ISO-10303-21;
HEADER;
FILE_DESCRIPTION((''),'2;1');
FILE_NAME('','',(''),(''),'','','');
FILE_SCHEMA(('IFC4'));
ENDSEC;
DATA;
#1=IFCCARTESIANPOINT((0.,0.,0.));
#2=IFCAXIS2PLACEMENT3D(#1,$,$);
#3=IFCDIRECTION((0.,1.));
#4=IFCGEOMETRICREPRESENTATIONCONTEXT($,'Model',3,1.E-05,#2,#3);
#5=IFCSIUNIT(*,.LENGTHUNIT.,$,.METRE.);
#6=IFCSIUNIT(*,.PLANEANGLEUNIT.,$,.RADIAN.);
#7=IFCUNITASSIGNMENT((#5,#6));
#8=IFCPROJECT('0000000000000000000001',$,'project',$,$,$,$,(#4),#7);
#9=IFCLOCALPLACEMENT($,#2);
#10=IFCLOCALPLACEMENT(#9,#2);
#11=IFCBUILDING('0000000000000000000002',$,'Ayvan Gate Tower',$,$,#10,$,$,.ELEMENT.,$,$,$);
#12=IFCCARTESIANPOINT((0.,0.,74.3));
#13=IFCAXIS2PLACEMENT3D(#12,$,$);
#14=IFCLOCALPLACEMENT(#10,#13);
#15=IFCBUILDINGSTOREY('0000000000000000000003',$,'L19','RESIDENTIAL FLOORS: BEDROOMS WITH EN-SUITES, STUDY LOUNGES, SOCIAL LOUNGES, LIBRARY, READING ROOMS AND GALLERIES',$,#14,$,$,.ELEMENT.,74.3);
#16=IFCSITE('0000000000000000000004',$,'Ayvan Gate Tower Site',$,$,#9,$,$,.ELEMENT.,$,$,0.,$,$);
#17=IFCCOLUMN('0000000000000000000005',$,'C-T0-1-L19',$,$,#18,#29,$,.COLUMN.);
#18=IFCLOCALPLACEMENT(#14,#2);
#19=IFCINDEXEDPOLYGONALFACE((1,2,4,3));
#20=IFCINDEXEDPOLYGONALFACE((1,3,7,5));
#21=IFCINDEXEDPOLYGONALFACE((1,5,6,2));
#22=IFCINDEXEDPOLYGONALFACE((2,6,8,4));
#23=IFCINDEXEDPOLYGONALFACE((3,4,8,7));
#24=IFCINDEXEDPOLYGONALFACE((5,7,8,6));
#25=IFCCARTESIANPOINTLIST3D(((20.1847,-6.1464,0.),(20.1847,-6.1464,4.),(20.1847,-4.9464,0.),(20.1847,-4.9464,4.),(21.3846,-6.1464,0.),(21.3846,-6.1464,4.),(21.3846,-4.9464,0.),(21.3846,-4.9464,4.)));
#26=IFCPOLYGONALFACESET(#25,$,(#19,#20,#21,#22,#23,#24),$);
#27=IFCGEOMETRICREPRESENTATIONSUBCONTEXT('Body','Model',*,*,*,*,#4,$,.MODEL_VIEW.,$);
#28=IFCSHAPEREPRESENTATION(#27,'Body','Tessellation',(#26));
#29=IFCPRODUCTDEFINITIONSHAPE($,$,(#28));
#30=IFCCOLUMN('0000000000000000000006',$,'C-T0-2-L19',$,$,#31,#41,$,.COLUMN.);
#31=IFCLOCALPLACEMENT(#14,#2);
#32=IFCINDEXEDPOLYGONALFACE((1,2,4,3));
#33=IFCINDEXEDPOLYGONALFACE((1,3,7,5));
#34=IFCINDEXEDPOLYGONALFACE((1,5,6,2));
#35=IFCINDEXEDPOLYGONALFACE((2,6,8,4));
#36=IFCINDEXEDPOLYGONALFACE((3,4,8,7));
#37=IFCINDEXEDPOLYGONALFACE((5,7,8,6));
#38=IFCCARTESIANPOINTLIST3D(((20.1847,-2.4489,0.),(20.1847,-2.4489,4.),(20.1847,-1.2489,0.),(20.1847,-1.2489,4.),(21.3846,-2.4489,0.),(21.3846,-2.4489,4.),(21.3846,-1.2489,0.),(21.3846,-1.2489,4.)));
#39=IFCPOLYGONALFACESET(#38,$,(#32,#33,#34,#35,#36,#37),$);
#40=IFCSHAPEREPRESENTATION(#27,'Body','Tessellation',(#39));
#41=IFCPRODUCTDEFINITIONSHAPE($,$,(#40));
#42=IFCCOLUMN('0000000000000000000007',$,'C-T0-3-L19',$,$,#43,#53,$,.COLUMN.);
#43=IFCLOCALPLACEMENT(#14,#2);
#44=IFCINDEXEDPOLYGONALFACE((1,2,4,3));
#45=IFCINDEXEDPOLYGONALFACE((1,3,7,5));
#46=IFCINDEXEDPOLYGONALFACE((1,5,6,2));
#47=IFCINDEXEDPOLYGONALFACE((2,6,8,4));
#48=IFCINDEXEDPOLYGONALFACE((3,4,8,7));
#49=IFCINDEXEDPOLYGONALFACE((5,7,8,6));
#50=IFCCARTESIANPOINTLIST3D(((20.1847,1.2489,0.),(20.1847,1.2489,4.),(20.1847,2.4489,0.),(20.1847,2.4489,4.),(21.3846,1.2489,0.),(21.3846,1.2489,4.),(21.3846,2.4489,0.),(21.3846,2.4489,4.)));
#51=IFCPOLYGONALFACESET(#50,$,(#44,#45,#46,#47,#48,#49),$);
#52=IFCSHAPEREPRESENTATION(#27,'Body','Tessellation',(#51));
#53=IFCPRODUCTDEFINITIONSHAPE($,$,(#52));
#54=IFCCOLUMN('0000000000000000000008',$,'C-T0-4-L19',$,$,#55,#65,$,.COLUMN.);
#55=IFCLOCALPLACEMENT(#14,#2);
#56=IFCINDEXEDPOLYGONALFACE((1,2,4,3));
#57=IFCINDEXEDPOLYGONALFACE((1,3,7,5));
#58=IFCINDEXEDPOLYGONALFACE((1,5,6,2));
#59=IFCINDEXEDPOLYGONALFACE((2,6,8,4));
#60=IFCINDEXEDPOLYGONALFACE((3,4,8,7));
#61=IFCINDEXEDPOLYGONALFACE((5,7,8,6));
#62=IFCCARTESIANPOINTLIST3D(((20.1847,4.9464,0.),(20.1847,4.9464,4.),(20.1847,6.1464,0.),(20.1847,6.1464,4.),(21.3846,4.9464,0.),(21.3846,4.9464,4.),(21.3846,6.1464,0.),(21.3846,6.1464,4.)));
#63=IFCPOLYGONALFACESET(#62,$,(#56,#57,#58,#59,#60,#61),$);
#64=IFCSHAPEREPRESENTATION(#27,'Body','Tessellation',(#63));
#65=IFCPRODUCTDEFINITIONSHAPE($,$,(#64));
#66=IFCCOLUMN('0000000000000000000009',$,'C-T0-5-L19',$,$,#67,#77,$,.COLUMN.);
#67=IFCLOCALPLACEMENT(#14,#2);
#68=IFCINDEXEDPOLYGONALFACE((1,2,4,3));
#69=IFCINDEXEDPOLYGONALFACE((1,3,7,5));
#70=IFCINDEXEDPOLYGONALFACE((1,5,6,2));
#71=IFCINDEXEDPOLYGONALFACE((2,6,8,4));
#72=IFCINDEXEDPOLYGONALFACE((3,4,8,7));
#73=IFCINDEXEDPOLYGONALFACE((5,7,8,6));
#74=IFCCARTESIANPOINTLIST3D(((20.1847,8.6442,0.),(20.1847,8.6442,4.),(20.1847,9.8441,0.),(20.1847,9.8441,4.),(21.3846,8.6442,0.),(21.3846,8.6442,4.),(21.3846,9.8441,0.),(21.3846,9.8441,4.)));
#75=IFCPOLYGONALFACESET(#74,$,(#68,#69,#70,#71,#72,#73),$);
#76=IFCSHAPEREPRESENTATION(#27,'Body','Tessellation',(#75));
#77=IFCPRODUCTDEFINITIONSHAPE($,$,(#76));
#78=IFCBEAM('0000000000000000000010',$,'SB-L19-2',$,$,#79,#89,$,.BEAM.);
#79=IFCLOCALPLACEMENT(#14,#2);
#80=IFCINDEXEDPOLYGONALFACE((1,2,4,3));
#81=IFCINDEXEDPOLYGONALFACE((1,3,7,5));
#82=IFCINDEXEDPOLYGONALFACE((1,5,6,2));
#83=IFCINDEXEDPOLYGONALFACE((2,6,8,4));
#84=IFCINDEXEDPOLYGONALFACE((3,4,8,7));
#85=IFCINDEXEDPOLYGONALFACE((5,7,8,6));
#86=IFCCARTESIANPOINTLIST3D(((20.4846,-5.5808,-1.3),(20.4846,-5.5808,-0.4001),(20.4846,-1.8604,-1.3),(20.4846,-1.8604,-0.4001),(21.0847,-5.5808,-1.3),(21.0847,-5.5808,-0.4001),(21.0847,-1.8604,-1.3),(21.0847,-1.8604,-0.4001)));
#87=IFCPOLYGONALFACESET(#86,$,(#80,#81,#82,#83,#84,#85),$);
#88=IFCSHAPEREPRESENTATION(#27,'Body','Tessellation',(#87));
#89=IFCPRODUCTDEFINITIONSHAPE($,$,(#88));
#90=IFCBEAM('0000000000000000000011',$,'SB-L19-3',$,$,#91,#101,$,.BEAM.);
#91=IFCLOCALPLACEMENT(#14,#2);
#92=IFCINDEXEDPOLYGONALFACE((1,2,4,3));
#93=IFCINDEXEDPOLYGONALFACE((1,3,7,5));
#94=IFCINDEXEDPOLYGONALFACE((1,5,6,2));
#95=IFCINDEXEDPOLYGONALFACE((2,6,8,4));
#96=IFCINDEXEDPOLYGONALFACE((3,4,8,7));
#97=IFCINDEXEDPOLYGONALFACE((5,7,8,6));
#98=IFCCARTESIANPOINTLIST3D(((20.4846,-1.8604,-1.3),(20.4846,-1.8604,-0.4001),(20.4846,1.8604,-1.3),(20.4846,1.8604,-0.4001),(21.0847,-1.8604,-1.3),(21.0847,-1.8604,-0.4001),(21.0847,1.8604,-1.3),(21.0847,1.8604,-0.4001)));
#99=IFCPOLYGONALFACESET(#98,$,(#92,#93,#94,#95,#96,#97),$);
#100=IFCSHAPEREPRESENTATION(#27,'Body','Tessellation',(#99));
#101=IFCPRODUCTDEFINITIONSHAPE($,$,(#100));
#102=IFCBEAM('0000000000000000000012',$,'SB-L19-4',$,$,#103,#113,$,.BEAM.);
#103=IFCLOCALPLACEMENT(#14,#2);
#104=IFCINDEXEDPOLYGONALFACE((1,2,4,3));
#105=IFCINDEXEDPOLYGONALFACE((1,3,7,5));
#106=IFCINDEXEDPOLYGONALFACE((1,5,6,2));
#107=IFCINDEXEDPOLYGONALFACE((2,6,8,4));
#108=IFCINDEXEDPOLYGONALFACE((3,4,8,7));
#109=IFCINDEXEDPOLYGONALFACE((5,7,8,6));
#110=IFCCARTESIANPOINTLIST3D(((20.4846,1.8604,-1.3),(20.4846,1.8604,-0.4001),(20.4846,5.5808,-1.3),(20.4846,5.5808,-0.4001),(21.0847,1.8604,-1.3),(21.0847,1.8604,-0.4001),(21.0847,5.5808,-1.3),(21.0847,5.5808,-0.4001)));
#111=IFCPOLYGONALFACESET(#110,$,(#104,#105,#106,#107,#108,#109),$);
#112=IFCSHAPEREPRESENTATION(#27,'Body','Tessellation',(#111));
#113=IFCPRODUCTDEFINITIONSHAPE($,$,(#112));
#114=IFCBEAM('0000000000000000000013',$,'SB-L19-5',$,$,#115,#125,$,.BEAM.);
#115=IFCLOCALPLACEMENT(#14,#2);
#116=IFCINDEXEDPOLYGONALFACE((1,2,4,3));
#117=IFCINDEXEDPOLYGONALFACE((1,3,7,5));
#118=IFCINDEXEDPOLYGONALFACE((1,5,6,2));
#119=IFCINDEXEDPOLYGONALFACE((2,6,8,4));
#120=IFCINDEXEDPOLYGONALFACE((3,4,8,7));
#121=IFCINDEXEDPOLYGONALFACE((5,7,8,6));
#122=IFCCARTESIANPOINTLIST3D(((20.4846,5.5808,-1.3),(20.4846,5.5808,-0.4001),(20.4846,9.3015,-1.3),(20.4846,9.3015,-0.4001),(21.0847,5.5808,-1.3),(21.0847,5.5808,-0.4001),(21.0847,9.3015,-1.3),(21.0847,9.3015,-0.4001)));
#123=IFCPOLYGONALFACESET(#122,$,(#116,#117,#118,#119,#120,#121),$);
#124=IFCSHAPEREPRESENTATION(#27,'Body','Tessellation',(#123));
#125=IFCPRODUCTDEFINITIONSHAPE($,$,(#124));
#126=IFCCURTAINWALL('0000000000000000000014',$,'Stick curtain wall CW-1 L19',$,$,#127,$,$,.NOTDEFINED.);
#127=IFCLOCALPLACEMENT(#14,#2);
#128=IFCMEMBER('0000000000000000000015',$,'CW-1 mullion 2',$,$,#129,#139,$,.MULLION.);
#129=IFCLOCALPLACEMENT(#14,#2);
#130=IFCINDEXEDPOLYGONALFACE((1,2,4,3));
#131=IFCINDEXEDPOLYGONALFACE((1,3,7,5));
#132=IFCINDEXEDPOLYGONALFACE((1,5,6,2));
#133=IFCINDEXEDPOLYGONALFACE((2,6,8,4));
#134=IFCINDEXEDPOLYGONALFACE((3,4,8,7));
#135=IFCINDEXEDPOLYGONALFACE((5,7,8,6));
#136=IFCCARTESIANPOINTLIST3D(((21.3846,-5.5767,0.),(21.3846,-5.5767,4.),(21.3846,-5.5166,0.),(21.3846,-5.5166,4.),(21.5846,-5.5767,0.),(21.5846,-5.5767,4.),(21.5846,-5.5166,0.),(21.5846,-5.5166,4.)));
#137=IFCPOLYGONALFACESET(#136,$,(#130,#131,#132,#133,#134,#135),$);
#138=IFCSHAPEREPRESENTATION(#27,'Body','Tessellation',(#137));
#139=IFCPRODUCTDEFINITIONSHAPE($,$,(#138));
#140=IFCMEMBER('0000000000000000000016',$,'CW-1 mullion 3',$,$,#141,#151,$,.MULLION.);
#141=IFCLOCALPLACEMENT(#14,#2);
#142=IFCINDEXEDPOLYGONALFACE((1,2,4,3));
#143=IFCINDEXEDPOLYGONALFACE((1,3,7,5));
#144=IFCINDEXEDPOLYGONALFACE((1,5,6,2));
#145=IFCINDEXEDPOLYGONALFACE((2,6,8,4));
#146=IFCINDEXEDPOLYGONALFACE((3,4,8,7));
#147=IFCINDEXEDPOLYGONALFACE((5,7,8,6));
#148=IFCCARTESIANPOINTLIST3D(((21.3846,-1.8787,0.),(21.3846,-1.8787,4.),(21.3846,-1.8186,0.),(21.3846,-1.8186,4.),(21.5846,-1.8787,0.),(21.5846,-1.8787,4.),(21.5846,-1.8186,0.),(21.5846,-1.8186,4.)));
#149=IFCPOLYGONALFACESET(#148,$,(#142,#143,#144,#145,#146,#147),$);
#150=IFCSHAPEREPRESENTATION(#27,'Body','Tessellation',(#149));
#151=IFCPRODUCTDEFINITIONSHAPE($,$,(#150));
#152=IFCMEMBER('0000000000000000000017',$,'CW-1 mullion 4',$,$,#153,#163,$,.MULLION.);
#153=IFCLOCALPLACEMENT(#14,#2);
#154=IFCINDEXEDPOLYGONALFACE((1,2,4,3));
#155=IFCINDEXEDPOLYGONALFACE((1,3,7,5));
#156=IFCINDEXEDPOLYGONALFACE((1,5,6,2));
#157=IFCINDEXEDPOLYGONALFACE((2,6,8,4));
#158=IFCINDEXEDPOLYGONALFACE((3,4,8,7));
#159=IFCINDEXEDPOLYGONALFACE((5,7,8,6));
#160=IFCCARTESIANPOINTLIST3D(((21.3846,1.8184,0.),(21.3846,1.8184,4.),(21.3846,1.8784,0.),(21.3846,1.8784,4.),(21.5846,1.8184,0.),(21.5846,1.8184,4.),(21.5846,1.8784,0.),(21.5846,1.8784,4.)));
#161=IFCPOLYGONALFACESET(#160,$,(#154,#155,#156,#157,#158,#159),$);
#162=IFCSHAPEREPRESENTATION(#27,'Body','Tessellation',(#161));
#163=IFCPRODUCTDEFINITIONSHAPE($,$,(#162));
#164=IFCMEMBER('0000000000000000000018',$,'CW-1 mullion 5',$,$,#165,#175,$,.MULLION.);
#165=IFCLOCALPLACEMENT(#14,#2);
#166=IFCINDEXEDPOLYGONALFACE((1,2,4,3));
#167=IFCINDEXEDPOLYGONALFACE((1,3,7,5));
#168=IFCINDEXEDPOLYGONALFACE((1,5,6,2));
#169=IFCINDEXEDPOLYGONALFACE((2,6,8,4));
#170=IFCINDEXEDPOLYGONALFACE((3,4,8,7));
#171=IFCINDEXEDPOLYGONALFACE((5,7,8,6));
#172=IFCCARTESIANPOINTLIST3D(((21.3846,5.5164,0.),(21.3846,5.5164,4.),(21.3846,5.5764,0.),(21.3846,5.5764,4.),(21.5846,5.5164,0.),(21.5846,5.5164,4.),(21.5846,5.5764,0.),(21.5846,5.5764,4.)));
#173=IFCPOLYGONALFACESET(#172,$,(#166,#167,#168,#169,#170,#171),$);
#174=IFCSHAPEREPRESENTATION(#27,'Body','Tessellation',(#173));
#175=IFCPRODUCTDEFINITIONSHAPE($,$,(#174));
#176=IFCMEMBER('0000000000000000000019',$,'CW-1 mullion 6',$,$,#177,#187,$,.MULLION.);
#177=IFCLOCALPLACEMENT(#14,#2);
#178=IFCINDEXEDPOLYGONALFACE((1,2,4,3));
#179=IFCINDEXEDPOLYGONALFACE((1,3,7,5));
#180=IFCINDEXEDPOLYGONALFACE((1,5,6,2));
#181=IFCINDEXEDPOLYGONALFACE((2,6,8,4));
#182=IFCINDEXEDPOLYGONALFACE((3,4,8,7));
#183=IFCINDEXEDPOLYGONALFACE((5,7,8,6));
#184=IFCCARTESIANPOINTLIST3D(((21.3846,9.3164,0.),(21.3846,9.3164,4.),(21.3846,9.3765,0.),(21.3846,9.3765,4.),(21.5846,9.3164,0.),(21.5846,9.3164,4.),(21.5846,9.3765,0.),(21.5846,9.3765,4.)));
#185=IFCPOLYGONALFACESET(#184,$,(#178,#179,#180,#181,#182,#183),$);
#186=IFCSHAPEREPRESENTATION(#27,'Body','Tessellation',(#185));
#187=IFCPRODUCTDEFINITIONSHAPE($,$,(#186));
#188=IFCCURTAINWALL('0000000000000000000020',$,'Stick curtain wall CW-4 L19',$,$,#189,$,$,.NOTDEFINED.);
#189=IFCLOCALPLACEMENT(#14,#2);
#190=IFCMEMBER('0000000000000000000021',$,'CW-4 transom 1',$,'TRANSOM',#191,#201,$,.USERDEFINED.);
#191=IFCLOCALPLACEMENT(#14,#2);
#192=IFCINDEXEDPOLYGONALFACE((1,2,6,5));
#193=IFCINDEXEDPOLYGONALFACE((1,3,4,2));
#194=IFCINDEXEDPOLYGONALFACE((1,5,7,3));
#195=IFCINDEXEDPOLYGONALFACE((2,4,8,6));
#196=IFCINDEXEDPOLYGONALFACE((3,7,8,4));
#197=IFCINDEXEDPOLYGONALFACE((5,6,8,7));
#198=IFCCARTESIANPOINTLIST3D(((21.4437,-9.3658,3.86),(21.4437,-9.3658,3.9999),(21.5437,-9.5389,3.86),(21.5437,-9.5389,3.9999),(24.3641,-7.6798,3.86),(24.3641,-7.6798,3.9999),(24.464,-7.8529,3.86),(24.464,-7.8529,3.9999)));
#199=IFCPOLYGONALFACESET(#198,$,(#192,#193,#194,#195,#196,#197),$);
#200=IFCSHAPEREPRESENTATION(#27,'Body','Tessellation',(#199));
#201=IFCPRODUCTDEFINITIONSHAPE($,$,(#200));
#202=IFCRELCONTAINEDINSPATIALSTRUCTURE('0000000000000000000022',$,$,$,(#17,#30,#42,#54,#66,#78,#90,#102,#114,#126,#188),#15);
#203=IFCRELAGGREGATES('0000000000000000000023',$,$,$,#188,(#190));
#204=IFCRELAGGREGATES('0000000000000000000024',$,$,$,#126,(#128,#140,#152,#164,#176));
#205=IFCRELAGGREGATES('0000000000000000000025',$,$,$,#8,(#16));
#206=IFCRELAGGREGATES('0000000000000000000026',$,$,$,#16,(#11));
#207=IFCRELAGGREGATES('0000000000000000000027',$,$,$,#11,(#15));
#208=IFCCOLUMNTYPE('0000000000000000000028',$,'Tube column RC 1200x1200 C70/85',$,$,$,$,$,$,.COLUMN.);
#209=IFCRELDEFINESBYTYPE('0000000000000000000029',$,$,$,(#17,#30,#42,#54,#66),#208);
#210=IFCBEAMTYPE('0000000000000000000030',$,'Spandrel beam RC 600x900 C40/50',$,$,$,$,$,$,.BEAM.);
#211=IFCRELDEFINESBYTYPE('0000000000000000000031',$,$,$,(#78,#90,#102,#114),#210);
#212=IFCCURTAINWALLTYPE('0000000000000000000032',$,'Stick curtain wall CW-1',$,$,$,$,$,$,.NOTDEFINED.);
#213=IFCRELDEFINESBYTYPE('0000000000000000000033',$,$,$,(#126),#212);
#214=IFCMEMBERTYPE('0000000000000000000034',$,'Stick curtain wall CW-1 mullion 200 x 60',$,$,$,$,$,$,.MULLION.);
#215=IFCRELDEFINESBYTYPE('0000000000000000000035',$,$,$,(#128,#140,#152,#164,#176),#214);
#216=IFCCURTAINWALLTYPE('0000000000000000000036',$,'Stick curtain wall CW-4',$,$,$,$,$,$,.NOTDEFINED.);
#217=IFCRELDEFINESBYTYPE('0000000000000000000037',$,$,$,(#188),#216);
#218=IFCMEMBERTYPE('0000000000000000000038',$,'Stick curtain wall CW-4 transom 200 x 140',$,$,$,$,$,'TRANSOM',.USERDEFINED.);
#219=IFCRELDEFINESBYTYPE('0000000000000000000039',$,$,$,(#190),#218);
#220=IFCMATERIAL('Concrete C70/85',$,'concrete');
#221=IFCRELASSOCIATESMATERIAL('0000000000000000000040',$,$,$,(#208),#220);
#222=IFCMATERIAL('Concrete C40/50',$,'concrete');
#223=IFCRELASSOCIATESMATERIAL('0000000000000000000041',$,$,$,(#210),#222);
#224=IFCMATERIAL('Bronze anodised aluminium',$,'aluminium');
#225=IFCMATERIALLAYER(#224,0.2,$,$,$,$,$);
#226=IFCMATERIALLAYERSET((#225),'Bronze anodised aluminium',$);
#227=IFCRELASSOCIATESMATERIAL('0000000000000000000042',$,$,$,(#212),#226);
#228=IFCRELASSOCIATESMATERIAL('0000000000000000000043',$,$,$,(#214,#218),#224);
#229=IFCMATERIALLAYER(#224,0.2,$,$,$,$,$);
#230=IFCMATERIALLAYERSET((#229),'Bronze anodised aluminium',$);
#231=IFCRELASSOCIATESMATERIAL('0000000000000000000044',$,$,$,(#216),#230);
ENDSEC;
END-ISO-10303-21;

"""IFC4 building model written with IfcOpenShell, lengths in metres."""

from ifc_helpers import new_model, si_unit, direction, frame, origin, origin_2d, place, context, subcontext, project, spatial, rectangle, extrude, material, layer, layer_set, material_profile, profile_set, type_object, element, aggregate, save


model = new_model("IFC4")

# Units and contexts
model_context = context("Model", 3, precision=1e-05, world=origin(), true_north=direction((0.0, 1.0)))
body_context = subcontext(model_context, "Body", "Model", "MODEL_VIEW")
ifc_project = project(units=[si_unit("LENGTHUNIT", "METRE"), si_unit("PLANEANGLEUNIT", "RADIAN")], contexts=[model_context])

# Site, building, storey
site_placement = place(None, origin())
site = spatial("IfcSite", under=ifc_project, at=site_placement, Name="Ayvan Gate Tower Site", CompositionType="ELEMENT", RefElevation=0.0)
building_placement = place(site_placement, origin())
building = spatial("IfcBuilding", under=site, at=building_placement, Name="Ayvan Gate Tower", CompositionType="ELEMENT")
storey_placement = place(building_placement, frame((0.0, 0.0, 74.3)))
storey = spatial("IfcBuildingStorey", under=building, at=storey_placement, Name="L19", Description="RESIDENTIAL FLOORS: BEDROOMS WITH EN-SUITES, STUDY LOUNGES, SOCIAL LOUNGES, LIBRARY, READING ROOMS AND GALLERIES", CompositionType="ELEMENT", Elevation=74.3)

# Columns
ifc_material_1 = material(Name="Concrete C70/85", Category="concrete")
ifc_material_profile_1 = material_profile(ifc_material_1, rectangle(XDim=1.2, YDim=1.2, at=origin_2d()), Name="RC 1200x1200")
ifc_profile_set_1 = profile_set([ifc_material_profile_1], Name="Concrete C70/85")
column_type = type_object("IfcColumnType", Name="Tube column RC 1200x1200 C70/85", PredefinedType="COLUMN", material=ifc_profile_set_1)
for number, where, z_axis, x_axis, name in (
    (1, (20.7847, -5.5464, 0.0), (0.0, 0.0, 1.0), (1.0, 0.0, 0.0), "C-T0-1-L19"),
    (2, (20.7847, -1.8489, 0.0), (0.0, 0.0, 1.0), (1.0, 0.0, 0.0), "C-T0-2-L19"),
    (3, (20.7847, 1.8489, 0.0), (0.0, 0.0, 1.0), (1.0, 0.0, 0.0), "C-T0-3-L19"),
    (4, (20.7847, 5.5464, 0.0), (0.0, 0.0, 1.0), (1.0, 0.0, 0.0), "C-T0-4-L19"),
    (5, (20.7847, 9.2441, 0.0), (0.0, 0.0, 1.0), (1.0, 0.0, 0.0), "C-T0-5-L19"),
):
    element("IfcColumn", number, at=place(storey_placement, frame(where, z_axis=z_axis, x_axis=x_axis)), inside=storey, type_object=column_type, Name=name, PredefinedType="COLUMN", context=body_context, shape_type="SweptSolid", body=[
        extrude(rectangle(XDim=1.2, YDim=1.2, at=origin_2d()), origin(), (0.0, 0.0, 1.0), 4.0),
    ])

# Beams
ifc_material_2 = material(Name="Concrete C40/50", Category="concrete")
ifc_material_profile_2 = material_profile(ifc_material_2, rectangle(XDim=0.6001, YDim=0.8999, at=origin_2d()), Name="RC 600x900")
ifc_profile_set_2 = profile_set([ifc_material_profile_2], Name="Concrete C40/50")
beam_type = type_object("IfcBeamType", Name="Spandrel beam RC 600x900 C40/50", PredefinedType="BEAM", material=ifc_profile_set_2)
beam_1_placement = place(storey_placement, frame((20.7847, -5.5808, -0.8501), z_axis=(0.0, 1.0, 0.0), x_axis=(-1.0, 0.0, 0.0)))
element("IfcBeam", 6, at=beam_1_placement, inside=storey, type_object=beam_type, Name="SB-L19-2", PredefinedType="BEAM", context=body_context, shape_type="SweptSolid", body=[
    extrude(rectangle(XDim=0.6001, YDim=0.8999, at=origin_2d()), origin(), (0.0, 0.0, 1.0), 3.7205),
])
beam_2_placement = place(storey_placement, frame((20.7847, -1.8604, -0.8501), z_axis=(0.0, 1.0, 0.0), x_axis=(-1.0, 0.0, 0.0)))
element("IfcBeam", 7, at=beam_2_placement, inside=storey, type_object=beam_type, Name="SB-L19-3", PredefinedType="BEAM", context=body_context, shape_type="SweptSolid", body=[
    extrude(rectangle(XDim=0.6001, YDim=0.8999, at=origin_2d()), origin(), (0.0, 0.0, 1.0), 3.7207),
])
beam_3_placement = place(storey_placement, frame((20.7847, 1.8604, -0.8501), z_axis=(0.0, 1.0, 0.0), x_axis=(-1.0, 0.0, 0.0)))
element("IfcBeam", 8, at=beam_3_placement, inside=storey, type_object=beam_type, Name="SB-L19-4", PredefinedType="BEAM", context=body_context, shape_type="SweptSolid", body=[
    extrude(rectangle(XDim=0.6001, YDim=0.8999, at=origin_2d()), origin(), (0.0, 0.0, 1.0), 3.7205),
])
beam_4_placement = place(storey_placement, frame((20.7847, 5.5808, -0.8501), z_axis=(0.0, 1.0, 0.0), x_axis=(-1.0, 0.0, 0.0)))
element("IfcBeam", 9, at=beam_4_placement, inside=storey, type_object=beam_type, Name="SB-L19-5", PredefinedType="BEAM", context=body_context, shape_type="SweptSolid", body=[
    extrude(rectangle(XDim=0.6001, YDim=0.8999, at=origin_2d()), origin(), (0.0, 0.0, 1.0), 3.7207),
])

# Curtain wall, members
ifc_material_3 = material(Name="Bronze anodised aluminium", Category="aluminium")
ifc_layer_1 = layer(ifc_material_3, 0.2)
ifc_layer_set_1 = layer_set([ifc_layer_1], Name="Bronze anodised aluminium")
curtain_wall_type_1 = type_object("IfcCurtainWallType", Name="Stick curtain wall CW-1", PredefinedType="NOTDEFINED", material=ifc_layer_set_1)
curtain_wall_1_placement = place(storey_placement, origin())
curtain_wall_1 = element("IfcCurtainWall", 10, at=curtain_wall_1_placement, inside=storey, type_object=curtain_wall_type_1, Name="Stick curtain wall CW-1 L19", PredefinedType="NOTDEFINED")
ifc_material_profile_3 = material_profile(ifc_material_3, rectangle(XDim=0.2, YDim=0.0601, at=origin_2d()), Name="Stick curtain wall CW-1 mullion 200 x 60")
ifc_profile_set_3 = profile_set([ifc_material_profile_3], Name="Bronze anodised aluminium")
member_type_1 = type_object("IfcMemberType", Name="Stick curtain wall CW-1 mullion 200 x 60", PredefinedType="MULLION", material=ifc_profile_set_3)
member_1_placement = place(storey_placement, frame((21.4846, -5.5466, 0.0), z_axis=(0.0, 0.0, 1.0), x_axis=(1.0, 0.0, 0.0)))
member_1 = element("IfcMember", 11, at=member_1_placement, type_object=member_type_1, Name="CW-1 mullion 2", PredefinedType="MULLION", context=body_context, shape_type="SweptSolid", body=[
    extrude(rectangle(XDim=0.2, YDim=0.0601, at=origin_2d()), origin(), (0.0, 0.0, 1.0), 4.0),
])
member_2_placement = place(storey_placement, frame((21.4846, -1.8486, 0.0), z_axis=(0.0, 0.0, 1.0), x_axis=(1.0, 0.0, 0.0)))
member_2 = element("IfcMember", 12, at=member_2_placement, type_object=member_type_1, Name="CW-1 mullion 3", PredefinedType="MULLION", context=body_context, shape_type="SweptSolid", body=[
    extrude(rectangle(XDim=0.2, YDim=0.0601, at=origin_2d()), origin(), (0.0, 0.0, 1.0), 4.0),
])
member_3_placement = place(storey_placement, frame((21.4846, 1.8484, 0.0), z_axis=(0.0, 0.0, 1.0), x_axis=(1.0, 0.0, 0.0)))
member_3 = element("IfcMember", 13, at=member_3_placement, type_object=member_type_1, Name="CW-1 mullion 4", PredefinedType="MULLION", context=body_context, shape_type="SweptSolid", body=[
    extrude(rectangle(XDim=0.2, YDim=0.0601, at=origin_2d()), origin(), (0.0, 0.0, 1.0), 4.0),
])
member_4_placement = place(storey_placement, frame((21.4846, 5.5464, 0.0), z_axis=(0.0, 0.0, 1.0), x_axis=(1.0, 0.0, 0.0)))
member_4 = element("IfcMember", 14, at=member_4_placement, type_object=member_type_1, Name="CW-1 mullion 5", PredefinedType="MULLION", context=body_context, shape_type="SweptSolid", body=[
    extrude(rectangle(XDim=0.2, YDim=0.0601, at=origin_2d()), origin(), (0.0, 0.0, 1.0), 4.0),
])
member_5_placement = place(storey_placement, frame((21.4846, 9.3464, 0.0), z_axis=(0.0, 0.0, 1.0), x_axis=(1.0, 0.0, 0.0)))
member_5 = element("IfcMember", 15, at=member_5_placement, type_object=member_type_1, Name="CW-1 mullion 6", PredefinedType="MULLION", context=body_context, shape_type="SweptSolid", body=[
    extrude(rectangle(XDim=0.2, YDim=0.0601, at=origin_2d()), origin(), (0.0, 0.0, 1.0), 4.0),
])

# Curtain wall, member
ifc_layer_2 = layer(ifc_material_3, 0.2)
ifc_layer_set_2 = layer_set([ifc_layer_2], Name="Bronze anodised aluminium")
curtain_wall_type_2 = type_object("IfcCurtainWallType", Name="Stick curtain wall CW-4", PredefinedType="NOTDEFINED", material=ifc_layer_set_2)
curtain_wall_2_placement = place(storey_placement, origin())
curtain_wall_2 = element("IfcCurtainWall", 16, at=curtain_wall_2_placement, inside=storey, type_object=curtain_wall_type_2, Name="Stick curtain wall CW-4 L19", PredefinedType="NOTDEFINED")
ifc_material_profile_4 = material_profile(ifc_material_3, rectangle(XDim=0.2, YDim=0.1399, at=origin_2d()), Name="Stick curtain wall CW-4 transom 200 x 140")
ifc_profile_set_4 = profile_set([ifc_material_profile_4], Name="Bronze anodised aluminium")
member_type_2 = type_object("IfcMemberType", Name="Stick curtain wall CW-4 transom 200 x 140", ElementType="TRANSOM", PredefinedType="USERDEFINED", material=ifc_profile_set_4)
member_6_placement = place(storey_placement, frame((24.4141, -7.7664, 3.9299), z_axis=(-0.866034, -0.499986, 0.0), x_axis=(0.499986, -0.866034, 0.0)))
member_6 = element("IfcMember", 17, at=member_6_placement, type_object=member_type_2, Name="CW-4 transom 1", ObjectType="TRANSOM", PredefinedType="USERDEFINED", context=body_context, shape_type="SweptSolid", body=[
    extrude(rectangle(XDim=0.2, YDim=0.1399, at=origin_2d()), origin(), (0.0, 0.0, 1.0), 3.3721),
])
aggregate(curtain_wall_2, [member_6])

aggregate(curtain_wall_1, [member_1, member_2, member_3, member_4, member_5])

save(model, "model.ifc")
